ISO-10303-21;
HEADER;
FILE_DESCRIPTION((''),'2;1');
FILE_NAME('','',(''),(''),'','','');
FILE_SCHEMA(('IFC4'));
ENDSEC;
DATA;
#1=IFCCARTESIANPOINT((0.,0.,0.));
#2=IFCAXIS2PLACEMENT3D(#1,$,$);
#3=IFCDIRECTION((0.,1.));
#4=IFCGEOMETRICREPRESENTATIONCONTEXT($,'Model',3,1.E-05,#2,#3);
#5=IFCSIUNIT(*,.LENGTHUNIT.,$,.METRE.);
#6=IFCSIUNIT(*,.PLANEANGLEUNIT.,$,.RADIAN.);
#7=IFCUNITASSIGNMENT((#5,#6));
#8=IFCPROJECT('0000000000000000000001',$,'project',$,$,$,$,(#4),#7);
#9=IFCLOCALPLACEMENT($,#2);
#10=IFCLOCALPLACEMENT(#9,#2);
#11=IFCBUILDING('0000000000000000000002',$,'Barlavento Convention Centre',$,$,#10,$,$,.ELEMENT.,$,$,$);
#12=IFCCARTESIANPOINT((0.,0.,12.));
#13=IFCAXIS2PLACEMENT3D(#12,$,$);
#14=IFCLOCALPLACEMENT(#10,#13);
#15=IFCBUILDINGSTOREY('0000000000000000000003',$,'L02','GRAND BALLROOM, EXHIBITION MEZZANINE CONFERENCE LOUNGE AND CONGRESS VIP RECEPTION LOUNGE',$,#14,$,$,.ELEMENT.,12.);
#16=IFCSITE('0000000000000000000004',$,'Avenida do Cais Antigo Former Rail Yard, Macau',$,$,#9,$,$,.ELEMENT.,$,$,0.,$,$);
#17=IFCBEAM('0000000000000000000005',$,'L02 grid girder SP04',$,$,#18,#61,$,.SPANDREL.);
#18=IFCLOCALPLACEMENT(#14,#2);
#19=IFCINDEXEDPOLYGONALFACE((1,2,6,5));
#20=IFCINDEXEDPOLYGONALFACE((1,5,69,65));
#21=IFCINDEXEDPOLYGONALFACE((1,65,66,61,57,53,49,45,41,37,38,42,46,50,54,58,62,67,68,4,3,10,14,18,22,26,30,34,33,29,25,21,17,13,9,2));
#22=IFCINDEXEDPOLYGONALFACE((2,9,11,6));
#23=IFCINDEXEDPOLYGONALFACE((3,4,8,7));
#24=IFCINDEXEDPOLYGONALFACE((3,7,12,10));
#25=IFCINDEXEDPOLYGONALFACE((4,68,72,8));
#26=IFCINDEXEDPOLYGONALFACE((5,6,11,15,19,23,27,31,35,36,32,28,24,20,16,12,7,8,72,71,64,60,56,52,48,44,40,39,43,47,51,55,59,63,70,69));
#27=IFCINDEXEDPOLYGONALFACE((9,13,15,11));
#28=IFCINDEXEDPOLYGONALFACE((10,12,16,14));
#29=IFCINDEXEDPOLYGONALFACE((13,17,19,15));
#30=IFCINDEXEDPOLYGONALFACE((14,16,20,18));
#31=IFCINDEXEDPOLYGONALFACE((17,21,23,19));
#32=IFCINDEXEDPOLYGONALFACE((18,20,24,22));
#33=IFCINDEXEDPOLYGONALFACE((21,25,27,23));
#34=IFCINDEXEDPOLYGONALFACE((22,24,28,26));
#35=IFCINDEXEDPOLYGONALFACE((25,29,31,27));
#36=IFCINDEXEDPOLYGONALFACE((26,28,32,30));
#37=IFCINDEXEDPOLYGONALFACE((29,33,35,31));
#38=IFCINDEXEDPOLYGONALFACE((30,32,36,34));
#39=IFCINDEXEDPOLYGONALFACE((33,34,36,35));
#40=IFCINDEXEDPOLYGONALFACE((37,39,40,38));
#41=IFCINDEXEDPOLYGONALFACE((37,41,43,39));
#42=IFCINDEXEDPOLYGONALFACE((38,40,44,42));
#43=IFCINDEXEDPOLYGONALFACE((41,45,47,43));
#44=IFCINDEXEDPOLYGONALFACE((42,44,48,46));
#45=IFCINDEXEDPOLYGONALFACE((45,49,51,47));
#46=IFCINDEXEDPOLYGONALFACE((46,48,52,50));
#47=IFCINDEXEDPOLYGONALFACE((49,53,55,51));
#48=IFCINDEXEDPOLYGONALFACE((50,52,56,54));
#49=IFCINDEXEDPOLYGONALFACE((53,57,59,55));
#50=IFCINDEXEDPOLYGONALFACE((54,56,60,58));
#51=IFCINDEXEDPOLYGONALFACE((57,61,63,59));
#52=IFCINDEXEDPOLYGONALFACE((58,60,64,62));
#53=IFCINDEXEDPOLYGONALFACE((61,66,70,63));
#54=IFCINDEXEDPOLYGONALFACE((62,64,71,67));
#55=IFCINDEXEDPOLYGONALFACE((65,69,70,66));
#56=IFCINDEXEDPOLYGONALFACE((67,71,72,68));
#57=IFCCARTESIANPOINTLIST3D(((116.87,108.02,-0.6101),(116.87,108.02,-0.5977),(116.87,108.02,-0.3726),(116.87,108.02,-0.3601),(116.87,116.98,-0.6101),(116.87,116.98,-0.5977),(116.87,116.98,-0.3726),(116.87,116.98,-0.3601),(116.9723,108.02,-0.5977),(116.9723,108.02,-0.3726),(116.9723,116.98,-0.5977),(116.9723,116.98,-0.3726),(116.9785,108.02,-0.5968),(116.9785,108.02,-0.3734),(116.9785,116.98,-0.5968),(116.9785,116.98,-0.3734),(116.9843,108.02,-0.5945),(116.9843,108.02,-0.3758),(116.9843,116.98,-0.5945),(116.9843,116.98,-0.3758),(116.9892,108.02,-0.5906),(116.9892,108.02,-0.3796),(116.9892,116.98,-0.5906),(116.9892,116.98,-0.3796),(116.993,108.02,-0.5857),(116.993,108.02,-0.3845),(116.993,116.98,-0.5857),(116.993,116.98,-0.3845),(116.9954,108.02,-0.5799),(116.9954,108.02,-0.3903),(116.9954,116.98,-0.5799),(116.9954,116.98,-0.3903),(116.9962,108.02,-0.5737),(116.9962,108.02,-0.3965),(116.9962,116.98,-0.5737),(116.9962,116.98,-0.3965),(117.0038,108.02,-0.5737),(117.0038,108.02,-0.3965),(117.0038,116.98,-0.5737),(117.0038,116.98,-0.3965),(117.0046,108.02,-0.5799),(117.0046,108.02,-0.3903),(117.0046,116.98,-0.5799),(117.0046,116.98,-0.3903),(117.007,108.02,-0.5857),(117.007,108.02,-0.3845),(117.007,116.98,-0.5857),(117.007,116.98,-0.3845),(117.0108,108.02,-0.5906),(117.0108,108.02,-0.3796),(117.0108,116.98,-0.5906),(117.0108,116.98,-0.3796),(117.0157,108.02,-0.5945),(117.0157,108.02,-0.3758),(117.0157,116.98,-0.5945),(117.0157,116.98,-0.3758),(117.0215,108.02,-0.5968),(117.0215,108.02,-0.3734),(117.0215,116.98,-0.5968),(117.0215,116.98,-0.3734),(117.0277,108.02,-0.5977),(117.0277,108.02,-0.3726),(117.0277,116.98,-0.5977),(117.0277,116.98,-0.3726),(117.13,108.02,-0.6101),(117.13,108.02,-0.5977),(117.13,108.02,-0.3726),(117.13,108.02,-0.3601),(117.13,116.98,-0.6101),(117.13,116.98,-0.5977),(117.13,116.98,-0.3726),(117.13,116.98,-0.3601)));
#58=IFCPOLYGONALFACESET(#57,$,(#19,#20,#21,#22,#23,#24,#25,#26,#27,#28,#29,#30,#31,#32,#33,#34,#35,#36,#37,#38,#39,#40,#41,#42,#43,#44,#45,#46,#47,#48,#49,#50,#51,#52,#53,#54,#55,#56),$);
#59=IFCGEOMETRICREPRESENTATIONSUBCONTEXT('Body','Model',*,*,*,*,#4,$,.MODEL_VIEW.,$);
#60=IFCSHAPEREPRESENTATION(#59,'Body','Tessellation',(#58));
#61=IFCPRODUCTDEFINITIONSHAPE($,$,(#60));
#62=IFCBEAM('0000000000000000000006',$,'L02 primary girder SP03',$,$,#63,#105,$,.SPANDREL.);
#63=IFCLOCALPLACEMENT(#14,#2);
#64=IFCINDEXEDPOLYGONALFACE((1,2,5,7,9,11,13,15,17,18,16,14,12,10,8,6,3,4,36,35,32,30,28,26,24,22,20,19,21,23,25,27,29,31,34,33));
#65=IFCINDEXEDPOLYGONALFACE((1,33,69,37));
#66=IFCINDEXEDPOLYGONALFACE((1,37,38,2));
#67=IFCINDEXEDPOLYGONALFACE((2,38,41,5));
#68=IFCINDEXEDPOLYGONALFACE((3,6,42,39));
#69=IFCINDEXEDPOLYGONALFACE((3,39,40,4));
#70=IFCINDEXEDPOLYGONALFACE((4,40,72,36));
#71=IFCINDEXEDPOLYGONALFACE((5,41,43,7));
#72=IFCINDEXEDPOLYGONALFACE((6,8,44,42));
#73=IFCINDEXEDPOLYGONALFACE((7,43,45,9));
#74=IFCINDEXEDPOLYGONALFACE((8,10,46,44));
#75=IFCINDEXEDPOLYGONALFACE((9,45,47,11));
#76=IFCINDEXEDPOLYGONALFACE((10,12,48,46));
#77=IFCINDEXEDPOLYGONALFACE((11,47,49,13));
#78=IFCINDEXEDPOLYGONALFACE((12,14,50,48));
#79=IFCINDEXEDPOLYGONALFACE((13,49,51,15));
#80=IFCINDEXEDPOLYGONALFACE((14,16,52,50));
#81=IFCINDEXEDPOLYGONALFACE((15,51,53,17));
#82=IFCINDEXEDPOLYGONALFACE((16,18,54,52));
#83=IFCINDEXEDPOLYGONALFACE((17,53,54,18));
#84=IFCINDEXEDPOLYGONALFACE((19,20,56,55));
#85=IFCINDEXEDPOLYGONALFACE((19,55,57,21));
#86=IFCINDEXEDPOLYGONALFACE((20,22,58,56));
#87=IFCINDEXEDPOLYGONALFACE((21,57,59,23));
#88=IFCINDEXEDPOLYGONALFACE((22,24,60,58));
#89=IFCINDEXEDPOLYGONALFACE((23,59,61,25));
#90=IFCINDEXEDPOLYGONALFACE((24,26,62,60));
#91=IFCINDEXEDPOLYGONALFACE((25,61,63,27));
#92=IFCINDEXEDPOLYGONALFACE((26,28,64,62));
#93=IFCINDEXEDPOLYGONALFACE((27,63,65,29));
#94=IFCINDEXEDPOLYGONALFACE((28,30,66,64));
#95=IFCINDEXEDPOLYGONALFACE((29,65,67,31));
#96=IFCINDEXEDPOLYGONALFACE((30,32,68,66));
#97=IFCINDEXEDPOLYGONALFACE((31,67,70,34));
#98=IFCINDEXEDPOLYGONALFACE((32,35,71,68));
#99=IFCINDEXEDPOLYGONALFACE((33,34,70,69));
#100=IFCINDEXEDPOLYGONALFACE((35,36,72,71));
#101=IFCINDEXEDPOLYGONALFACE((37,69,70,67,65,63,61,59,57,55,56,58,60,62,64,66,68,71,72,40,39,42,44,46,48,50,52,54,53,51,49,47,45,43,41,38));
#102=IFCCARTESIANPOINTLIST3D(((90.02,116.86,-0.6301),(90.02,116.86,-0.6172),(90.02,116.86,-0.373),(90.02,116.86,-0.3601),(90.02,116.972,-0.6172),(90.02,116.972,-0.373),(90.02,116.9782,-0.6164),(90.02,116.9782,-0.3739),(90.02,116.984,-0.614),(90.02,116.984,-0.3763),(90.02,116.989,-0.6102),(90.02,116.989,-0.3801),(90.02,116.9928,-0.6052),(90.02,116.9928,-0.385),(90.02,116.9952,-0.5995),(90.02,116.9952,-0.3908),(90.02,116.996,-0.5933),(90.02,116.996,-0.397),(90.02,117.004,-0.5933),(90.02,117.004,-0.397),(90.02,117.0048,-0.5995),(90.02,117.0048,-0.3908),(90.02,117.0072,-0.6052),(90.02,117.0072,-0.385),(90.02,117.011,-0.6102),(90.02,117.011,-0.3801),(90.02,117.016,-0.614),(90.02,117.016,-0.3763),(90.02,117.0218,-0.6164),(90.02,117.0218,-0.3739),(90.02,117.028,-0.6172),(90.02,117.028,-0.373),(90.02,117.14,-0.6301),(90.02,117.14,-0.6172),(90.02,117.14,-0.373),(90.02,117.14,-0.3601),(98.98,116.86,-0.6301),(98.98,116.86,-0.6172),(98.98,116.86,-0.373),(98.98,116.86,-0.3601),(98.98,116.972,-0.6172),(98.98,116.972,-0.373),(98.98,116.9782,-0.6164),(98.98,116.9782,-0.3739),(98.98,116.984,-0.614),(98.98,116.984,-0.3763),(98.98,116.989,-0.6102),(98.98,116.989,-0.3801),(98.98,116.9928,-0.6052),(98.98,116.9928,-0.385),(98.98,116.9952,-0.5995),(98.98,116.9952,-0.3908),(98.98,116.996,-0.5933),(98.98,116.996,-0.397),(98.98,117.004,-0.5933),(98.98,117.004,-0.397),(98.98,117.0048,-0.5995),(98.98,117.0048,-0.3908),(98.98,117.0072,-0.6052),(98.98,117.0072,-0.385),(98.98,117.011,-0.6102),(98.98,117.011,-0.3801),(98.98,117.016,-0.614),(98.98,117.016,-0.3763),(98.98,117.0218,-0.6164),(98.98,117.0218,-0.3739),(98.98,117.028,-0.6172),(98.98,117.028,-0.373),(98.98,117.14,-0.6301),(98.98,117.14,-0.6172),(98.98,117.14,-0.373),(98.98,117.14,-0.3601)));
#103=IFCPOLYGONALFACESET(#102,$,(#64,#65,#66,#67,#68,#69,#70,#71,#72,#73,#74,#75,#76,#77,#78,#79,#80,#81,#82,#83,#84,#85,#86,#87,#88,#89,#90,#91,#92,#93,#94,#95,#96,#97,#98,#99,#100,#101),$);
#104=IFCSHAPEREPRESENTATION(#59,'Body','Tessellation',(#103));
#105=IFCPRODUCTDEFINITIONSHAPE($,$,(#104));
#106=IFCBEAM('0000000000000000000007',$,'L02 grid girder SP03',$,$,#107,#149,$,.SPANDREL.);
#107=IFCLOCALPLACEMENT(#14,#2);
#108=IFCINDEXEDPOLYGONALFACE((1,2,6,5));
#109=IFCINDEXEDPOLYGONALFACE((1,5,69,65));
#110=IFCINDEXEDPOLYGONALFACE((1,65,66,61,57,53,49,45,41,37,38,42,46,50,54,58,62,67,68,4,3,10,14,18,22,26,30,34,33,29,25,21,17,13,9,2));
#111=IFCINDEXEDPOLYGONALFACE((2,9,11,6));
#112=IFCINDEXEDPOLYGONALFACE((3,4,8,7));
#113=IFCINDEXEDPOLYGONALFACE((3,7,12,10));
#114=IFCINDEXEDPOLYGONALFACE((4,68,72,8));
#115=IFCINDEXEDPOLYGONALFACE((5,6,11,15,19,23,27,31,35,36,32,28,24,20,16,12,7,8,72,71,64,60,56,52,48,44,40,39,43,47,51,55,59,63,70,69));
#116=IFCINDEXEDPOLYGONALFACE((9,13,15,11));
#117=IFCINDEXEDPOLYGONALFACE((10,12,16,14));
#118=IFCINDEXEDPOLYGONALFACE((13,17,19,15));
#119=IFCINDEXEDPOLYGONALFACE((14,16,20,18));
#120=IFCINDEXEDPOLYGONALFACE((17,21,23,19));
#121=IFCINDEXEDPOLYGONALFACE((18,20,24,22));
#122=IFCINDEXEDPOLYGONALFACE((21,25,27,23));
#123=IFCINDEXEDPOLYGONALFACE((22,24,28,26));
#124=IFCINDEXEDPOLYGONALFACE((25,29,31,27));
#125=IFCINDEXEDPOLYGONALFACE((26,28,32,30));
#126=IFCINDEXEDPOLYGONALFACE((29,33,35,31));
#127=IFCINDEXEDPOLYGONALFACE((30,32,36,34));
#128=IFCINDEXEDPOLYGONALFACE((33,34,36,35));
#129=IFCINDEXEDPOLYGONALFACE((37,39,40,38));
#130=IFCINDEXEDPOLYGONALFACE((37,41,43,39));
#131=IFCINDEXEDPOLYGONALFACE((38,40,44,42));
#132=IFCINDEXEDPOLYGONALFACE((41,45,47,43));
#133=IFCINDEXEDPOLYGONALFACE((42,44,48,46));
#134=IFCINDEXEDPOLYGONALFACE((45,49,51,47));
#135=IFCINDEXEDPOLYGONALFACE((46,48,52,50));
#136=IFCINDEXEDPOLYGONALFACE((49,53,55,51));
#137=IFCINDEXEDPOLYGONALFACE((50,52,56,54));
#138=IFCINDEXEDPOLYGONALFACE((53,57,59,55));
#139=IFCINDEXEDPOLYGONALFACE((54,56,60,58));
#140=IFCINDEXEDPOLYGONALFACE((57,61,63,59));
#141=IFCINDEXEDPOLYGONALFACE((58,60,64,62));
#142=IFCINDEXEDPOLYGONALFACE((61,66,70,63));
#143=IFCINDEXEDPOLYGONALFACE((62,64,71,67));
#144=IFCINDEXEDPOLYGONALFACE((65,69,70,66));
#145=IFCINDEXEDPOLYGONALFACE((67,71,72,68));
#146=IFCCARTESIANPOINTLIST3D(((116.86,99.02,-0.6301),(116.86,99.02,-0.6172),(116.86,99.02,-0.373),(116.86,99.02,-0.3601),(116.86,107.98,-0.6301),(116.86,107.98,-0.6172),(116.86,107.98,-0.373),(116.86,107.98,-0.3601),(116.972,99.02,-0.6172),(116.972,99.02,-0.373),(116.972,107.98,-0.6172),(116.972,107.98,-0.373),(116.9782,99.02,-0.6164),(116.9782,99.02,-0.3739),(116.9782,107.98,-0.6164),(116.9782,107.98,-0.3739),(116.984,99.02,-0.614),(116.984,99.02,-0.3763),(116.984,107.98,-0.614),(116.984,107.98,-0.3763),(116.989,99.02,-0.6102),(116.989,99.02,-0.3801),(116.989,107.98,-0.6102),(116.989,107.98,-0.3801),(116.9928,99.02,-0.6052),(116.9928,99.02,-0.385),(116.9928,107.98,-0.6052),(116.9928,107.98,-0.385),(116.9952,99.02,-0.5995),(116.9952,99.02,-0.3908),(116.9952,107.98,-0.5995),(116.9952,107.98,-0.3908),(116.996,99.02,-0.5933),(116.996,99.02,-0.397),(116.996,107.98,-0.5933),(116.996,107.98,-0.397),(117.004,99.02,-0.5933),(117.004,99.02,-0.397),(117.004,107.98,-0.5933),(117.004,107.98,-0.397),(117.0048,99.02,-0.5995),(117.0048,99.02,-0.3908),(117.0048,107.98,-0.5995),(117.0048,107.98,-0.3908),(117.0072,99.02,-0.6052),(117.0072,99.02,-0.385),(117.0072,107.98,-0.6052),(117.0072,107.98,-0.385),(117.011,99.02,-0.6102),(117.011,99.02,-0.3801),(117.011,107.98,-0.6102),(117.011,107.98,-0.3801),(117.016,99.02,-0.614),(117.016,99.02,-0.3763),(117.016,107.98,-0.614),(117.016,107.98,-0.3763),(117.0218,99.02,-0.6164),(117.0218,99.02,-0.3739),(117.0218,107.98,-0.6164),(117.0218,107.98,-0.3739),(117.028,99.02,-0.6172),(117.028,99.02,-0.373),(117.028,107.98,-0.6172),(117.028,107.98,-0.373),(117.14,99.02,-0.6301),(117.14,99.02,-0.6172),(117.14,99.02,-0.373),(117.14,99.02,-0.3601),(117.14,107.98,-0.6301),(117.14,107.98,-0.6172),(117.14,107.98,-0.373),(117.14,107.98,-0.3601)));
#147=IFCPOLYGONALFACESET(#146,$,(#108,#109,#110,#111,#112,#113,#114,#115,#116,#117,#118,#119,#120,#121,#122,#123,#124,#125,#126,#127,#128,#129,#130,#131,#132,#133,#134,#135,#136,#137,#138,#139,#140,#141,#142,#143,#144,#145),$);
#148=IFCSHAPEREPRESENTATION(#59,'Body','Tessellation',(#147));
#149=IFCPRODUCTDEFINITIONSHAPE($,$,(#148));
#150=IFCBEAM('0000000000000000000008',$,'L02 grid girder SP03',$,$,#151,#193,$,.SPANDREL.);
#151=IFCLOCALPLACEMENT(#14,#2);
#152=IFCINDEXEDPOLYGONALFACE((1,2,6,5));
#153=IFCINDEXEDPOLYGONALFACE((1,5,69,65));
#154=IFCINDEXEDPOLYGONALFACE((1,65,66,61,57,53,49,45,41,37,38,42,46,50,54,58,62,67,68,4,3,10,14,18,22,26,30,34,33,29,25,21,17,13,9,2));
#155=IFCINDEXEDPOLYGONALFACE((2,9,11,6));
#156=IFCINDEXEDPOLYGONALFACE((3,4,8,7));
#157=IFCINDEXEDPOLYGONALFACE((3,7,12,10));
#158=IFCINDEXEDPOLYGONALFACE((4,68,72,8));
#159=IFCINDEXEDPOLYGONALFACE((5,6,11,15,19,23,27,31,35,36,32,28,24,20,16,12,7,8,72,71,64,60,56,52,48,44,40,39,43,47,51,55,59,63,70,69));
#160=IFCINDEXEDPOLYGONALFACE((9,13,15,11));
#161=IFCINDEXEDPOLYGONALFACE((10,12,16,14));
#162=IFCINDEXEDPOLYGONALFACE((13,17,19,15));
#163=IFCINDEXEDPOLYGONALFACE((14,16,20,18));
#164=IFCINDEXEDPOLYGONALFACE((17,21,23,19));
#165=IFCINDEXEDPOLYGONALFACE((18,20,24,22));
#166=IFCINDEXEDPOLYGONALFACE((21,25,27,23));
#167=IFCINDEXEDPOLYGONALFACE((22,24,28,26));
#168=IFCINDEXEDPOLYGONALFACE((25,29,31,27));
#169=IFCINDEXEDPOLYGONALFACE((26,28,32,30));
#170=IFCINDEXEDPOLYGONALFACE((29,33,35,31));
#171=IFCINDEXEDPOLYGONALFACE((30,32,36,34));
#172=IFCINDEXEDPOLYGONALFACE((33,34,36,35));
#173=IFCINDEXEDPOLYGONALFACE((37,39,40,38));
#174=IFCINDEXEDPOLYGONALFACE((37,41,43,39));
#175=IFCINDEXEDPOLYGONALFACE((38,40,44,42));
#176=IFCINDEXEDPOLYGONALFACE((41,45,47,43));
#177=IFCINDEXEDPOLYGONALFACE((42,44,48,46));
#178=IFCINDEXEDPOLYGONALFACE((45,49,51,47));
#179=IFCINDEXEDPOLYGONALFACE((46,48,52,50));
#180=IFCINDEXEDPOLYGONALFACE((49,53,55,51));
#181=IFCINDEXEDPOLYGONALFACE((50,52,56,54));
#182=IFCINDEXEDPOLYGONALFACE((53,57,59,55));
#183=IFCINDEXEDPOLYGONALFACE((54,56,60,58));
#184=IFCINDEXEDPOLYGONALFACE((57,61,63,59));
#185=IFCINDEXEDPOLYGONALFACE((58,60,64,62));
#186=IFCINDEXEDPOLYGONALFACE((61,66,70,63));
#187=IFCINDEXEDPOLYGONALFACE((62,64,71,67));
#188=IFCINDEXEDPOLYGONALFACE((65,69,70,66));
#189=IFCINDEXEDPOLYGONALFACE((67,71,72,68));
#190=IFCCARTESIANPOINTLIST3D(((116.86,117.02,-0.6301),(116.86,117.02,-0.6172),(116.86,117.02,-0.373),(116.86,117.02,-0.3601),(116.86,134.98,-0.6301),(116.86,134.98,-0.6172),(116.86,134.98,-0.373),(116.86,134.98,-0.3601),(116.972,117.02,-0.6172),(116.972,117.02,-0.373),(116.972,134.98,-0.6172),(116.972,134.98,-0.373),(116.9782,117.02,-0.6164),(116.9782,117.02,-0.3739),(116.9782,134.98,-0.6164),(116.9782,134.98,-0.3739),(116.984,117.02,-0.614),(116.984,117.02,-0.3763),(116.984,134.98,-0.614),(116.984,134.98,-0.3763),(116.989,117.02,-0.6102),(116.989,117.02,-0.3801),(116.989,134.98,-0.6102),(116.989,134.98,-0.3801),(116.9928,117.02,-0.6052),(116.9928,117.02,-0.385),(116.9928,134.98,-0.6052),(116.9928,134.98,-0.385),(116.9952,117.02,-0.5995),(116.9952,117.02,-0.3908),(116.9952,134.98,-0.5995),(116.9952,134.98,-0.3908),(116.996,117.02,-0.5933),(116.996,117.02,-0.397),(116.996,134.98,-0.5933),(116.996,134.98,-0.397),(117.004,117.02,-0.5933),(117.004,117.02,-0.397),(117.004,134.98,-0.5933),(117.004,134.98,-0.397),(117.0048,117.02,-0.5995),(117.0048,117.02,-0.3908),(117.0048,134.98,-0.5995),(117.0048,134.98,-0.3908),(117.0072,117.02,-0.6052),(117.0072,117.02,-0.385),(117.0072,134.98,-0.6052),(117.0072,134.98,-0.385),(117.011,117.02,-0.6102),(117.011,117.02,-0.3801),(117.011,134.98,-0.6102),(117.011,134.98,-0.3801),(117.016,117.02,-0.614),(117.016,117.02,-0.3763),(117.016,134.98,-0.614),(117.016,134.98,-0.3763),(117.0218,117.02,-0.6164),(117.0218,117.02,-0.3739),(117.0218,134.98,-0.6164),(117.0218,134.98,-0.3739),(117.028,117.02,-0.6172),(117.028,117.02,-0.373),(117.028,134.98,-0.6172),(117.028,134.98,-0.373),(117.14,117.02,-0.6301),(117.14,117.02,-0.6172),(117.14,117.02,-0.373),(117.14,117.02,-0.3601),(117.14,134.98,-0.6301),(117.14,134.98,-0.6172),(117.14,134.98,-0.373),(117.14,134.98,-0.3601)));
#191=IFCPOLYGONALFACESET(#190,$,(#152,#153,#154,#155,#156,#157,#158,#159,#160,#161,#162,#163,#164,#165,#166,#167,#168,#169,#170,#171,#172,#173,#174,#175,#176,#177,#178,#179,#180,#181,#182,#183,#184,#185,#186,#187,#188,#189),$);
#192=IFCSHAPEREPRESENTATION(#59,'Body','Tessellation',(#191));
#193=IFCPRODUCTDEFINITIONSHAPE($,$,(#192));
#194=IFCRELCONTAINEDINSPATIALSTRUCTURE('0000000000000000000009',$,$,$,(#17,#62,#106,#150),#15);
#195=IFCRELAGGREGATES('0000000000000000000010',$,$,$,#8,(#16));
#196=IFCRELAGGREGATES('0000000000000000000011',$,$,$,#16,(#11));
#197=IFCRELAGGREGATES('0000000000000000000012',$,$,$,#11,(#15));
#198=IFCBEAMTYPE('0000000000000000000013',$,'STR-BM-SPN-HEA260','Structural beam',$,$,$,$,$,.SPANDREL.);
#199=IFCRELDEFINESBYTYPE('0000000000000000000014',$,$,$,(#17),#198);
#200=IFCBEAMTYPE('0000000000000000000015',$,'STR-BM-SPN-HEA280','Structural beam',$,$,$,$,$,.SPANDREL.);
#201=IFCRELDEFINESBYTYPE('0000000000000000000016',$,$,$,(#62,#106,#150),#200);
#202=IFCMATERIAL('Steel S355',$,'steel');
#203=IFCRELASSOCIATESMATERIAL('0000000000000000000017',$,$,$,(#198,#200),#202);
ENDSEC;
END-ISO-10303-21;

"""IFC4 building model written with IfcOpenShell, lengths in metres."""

from ifc_helpers import new_model, si_unit, direction, frame, origin, origin_2d, place, context, subcontext, project, spatial, i_section, extrude, material, material_profile, profile_set, type_object, element, save


model = new_model("IFC4")

# Units and contexts
model_context = context("Model", 3, precision=1e-05, world=origin(), true_north=direction((0.0, 1.0)))
body_context = subcontext(model_context, "Body", "Model", "MODEL_VIEW")
ifc_project = project(units=[si_unit("LENGTHUNIT", "METRE"), si_unit("PLANEANGLEUNIT", "RADIAN")], contexts=[model_context])

# Site, building, storey
site_placement = place(None, origin())
site = spatial("IfcSite", under=ifc_project, at=site_placement, Name="Avenida do Cais Antigo Former Rail Yard, Macau", CompositionType="ELEMENT", RefElevation=0.0)
building_placement = place(site_placement, origin())
building = spatial("IfcBuilding", under=site, at=building_placement, Name="Barlavento Convention Centre", CompositionType="ELEMENT")
storey_placement = place(building_placement, frame((0.0, 0.0, 12.0)))
storey = spatial("IfcBuildingStorey", under=building, at=storey_placement, Name="L02", Description="GRAND BALLROOM, EXHIBITION MEZZANINE CONFERENCE LOUNGE AND CONGRESS VIP RECEPTION LOUNGE", CompositionType="ELEMENT", Elevation=12.0)

# Shared definitions
ifc_material_1 = material(Name="Steel S355", Category="steel")

# Beams
ifc_material_profile_1 = material_profile(ifc_material_1, i_section(OverallWidth=0.26, OverallDepth=0.25, WebThickness=0.0076, FlangeThickness=0.0125, FilletRadius=0.0239, at=origin_2d()), Name="HEA 260")
ifc_profile_set_1 = profile_set([ifc_material_profile_1], Name="Steel S355")
beam_type_1 = type_object("IfcBeamType", Name="STR-BM-SPN-HEA260", Description="Structural beam", PredefinedType="SPANDREL", material=ifc_profile_set_1)
for number, where, z_axis, x_axis, name in (
    (1, (117.0, 108.02, -0.4851), (0.0, 1.0, 0.0), (-1.0, 0.0, 0.0), "L02 grid girder SP04"),
):
    element("IfcBeam", number, at=place(storey_placement, frame(where, z_axis=z_axis, x_axis=x_axis)), inside=storey, type_object=beam_type_1, Name=name, PredefinedType="SPANDREL", context=body_context, shape_type="SweptSolid", body=[
        extrude(i_section(OverallWidth=0.26, OverallDepth=0.25, WebThickness=0.0076, FlangeThickness=0.0125, FilletRadius=0.0239, at=origin_2d()), origin(), (0.0, 0.0, 1.0), 8.96),
    ])
ifc_material_profile_2 = material_profile(ifc_material_1, i_section(OverallWidth=0.28, OverallDepth=0.27, WebThickness=0.0081, FlangeThickness=0.0129, FilletRadius=0.0239, at=origin_2d()), Name="HEA 280")
ifc_profile_set_2 = profile_set([ifc_material_profile_2], Name="Steel S355")
beam_type_2 = type_object("IfcBeamType", Name="STR-BM-SPN-HEA280", Description="Structural beam", PredefinedType="SPANDREL", material=ifc_profile_set_2)
for number, where, z_axis, x_axis, name in (
    (2, (90.02, 117.0, -0.4951), (1.0, 0.0, 0.0), (0.0, 1.0, 0.0), "L02 primary girder SP03"),
    (3, (117.0, 99.02, -0.4951), (0.0, 1.0, 0.0), (-1.0, 0.0, 0.0), "L02 grid girder SP03"),
):
    element("IfcBeam", number, at=place(storey_placement, frame(where, z_axis=z_axis, x_axis=x_axis)), inside=storey, type_object=beam_type_2, Name=name, PredefinedType="SPANDREL", context=body_context, shape_type="SweptSolid", body=[
        extrude(i_section(OverallWidth=0.28, OverallDepth=0.27, WebThickness=0.0081, FlangeThickness=0.0129, FilletRadius=0.0239, at=origin_2d()), origin(), (0.0, 0.0, 1.0), 8.96),
    ])
beam_1_placement = place(storey_placement, frame((117.0, 117.02, -0.4951), z_axis=(0.0, 1.0, 0.0), x_axis=(-1.0, 0.0, 0.0)))
element("IfcBeam", 4, at=beam_1_placement, inside=storey, type_object=beam_type_2, Name="L02 grid girder SP03", PredefinedType="SPANDREL", context=body_context, shape_type="SweptSolid", body=[
    extrude(i_section(OverallWidth=0.28, OverallDepth=0.27, WebThickness=0.0081, FlangeThickness=0.0129, FilletRadius=0.0239, at=origin_2d()), origin(), (0.0, 0.0, 1.0), 17.96),
])

save(model, "model.ifc")
